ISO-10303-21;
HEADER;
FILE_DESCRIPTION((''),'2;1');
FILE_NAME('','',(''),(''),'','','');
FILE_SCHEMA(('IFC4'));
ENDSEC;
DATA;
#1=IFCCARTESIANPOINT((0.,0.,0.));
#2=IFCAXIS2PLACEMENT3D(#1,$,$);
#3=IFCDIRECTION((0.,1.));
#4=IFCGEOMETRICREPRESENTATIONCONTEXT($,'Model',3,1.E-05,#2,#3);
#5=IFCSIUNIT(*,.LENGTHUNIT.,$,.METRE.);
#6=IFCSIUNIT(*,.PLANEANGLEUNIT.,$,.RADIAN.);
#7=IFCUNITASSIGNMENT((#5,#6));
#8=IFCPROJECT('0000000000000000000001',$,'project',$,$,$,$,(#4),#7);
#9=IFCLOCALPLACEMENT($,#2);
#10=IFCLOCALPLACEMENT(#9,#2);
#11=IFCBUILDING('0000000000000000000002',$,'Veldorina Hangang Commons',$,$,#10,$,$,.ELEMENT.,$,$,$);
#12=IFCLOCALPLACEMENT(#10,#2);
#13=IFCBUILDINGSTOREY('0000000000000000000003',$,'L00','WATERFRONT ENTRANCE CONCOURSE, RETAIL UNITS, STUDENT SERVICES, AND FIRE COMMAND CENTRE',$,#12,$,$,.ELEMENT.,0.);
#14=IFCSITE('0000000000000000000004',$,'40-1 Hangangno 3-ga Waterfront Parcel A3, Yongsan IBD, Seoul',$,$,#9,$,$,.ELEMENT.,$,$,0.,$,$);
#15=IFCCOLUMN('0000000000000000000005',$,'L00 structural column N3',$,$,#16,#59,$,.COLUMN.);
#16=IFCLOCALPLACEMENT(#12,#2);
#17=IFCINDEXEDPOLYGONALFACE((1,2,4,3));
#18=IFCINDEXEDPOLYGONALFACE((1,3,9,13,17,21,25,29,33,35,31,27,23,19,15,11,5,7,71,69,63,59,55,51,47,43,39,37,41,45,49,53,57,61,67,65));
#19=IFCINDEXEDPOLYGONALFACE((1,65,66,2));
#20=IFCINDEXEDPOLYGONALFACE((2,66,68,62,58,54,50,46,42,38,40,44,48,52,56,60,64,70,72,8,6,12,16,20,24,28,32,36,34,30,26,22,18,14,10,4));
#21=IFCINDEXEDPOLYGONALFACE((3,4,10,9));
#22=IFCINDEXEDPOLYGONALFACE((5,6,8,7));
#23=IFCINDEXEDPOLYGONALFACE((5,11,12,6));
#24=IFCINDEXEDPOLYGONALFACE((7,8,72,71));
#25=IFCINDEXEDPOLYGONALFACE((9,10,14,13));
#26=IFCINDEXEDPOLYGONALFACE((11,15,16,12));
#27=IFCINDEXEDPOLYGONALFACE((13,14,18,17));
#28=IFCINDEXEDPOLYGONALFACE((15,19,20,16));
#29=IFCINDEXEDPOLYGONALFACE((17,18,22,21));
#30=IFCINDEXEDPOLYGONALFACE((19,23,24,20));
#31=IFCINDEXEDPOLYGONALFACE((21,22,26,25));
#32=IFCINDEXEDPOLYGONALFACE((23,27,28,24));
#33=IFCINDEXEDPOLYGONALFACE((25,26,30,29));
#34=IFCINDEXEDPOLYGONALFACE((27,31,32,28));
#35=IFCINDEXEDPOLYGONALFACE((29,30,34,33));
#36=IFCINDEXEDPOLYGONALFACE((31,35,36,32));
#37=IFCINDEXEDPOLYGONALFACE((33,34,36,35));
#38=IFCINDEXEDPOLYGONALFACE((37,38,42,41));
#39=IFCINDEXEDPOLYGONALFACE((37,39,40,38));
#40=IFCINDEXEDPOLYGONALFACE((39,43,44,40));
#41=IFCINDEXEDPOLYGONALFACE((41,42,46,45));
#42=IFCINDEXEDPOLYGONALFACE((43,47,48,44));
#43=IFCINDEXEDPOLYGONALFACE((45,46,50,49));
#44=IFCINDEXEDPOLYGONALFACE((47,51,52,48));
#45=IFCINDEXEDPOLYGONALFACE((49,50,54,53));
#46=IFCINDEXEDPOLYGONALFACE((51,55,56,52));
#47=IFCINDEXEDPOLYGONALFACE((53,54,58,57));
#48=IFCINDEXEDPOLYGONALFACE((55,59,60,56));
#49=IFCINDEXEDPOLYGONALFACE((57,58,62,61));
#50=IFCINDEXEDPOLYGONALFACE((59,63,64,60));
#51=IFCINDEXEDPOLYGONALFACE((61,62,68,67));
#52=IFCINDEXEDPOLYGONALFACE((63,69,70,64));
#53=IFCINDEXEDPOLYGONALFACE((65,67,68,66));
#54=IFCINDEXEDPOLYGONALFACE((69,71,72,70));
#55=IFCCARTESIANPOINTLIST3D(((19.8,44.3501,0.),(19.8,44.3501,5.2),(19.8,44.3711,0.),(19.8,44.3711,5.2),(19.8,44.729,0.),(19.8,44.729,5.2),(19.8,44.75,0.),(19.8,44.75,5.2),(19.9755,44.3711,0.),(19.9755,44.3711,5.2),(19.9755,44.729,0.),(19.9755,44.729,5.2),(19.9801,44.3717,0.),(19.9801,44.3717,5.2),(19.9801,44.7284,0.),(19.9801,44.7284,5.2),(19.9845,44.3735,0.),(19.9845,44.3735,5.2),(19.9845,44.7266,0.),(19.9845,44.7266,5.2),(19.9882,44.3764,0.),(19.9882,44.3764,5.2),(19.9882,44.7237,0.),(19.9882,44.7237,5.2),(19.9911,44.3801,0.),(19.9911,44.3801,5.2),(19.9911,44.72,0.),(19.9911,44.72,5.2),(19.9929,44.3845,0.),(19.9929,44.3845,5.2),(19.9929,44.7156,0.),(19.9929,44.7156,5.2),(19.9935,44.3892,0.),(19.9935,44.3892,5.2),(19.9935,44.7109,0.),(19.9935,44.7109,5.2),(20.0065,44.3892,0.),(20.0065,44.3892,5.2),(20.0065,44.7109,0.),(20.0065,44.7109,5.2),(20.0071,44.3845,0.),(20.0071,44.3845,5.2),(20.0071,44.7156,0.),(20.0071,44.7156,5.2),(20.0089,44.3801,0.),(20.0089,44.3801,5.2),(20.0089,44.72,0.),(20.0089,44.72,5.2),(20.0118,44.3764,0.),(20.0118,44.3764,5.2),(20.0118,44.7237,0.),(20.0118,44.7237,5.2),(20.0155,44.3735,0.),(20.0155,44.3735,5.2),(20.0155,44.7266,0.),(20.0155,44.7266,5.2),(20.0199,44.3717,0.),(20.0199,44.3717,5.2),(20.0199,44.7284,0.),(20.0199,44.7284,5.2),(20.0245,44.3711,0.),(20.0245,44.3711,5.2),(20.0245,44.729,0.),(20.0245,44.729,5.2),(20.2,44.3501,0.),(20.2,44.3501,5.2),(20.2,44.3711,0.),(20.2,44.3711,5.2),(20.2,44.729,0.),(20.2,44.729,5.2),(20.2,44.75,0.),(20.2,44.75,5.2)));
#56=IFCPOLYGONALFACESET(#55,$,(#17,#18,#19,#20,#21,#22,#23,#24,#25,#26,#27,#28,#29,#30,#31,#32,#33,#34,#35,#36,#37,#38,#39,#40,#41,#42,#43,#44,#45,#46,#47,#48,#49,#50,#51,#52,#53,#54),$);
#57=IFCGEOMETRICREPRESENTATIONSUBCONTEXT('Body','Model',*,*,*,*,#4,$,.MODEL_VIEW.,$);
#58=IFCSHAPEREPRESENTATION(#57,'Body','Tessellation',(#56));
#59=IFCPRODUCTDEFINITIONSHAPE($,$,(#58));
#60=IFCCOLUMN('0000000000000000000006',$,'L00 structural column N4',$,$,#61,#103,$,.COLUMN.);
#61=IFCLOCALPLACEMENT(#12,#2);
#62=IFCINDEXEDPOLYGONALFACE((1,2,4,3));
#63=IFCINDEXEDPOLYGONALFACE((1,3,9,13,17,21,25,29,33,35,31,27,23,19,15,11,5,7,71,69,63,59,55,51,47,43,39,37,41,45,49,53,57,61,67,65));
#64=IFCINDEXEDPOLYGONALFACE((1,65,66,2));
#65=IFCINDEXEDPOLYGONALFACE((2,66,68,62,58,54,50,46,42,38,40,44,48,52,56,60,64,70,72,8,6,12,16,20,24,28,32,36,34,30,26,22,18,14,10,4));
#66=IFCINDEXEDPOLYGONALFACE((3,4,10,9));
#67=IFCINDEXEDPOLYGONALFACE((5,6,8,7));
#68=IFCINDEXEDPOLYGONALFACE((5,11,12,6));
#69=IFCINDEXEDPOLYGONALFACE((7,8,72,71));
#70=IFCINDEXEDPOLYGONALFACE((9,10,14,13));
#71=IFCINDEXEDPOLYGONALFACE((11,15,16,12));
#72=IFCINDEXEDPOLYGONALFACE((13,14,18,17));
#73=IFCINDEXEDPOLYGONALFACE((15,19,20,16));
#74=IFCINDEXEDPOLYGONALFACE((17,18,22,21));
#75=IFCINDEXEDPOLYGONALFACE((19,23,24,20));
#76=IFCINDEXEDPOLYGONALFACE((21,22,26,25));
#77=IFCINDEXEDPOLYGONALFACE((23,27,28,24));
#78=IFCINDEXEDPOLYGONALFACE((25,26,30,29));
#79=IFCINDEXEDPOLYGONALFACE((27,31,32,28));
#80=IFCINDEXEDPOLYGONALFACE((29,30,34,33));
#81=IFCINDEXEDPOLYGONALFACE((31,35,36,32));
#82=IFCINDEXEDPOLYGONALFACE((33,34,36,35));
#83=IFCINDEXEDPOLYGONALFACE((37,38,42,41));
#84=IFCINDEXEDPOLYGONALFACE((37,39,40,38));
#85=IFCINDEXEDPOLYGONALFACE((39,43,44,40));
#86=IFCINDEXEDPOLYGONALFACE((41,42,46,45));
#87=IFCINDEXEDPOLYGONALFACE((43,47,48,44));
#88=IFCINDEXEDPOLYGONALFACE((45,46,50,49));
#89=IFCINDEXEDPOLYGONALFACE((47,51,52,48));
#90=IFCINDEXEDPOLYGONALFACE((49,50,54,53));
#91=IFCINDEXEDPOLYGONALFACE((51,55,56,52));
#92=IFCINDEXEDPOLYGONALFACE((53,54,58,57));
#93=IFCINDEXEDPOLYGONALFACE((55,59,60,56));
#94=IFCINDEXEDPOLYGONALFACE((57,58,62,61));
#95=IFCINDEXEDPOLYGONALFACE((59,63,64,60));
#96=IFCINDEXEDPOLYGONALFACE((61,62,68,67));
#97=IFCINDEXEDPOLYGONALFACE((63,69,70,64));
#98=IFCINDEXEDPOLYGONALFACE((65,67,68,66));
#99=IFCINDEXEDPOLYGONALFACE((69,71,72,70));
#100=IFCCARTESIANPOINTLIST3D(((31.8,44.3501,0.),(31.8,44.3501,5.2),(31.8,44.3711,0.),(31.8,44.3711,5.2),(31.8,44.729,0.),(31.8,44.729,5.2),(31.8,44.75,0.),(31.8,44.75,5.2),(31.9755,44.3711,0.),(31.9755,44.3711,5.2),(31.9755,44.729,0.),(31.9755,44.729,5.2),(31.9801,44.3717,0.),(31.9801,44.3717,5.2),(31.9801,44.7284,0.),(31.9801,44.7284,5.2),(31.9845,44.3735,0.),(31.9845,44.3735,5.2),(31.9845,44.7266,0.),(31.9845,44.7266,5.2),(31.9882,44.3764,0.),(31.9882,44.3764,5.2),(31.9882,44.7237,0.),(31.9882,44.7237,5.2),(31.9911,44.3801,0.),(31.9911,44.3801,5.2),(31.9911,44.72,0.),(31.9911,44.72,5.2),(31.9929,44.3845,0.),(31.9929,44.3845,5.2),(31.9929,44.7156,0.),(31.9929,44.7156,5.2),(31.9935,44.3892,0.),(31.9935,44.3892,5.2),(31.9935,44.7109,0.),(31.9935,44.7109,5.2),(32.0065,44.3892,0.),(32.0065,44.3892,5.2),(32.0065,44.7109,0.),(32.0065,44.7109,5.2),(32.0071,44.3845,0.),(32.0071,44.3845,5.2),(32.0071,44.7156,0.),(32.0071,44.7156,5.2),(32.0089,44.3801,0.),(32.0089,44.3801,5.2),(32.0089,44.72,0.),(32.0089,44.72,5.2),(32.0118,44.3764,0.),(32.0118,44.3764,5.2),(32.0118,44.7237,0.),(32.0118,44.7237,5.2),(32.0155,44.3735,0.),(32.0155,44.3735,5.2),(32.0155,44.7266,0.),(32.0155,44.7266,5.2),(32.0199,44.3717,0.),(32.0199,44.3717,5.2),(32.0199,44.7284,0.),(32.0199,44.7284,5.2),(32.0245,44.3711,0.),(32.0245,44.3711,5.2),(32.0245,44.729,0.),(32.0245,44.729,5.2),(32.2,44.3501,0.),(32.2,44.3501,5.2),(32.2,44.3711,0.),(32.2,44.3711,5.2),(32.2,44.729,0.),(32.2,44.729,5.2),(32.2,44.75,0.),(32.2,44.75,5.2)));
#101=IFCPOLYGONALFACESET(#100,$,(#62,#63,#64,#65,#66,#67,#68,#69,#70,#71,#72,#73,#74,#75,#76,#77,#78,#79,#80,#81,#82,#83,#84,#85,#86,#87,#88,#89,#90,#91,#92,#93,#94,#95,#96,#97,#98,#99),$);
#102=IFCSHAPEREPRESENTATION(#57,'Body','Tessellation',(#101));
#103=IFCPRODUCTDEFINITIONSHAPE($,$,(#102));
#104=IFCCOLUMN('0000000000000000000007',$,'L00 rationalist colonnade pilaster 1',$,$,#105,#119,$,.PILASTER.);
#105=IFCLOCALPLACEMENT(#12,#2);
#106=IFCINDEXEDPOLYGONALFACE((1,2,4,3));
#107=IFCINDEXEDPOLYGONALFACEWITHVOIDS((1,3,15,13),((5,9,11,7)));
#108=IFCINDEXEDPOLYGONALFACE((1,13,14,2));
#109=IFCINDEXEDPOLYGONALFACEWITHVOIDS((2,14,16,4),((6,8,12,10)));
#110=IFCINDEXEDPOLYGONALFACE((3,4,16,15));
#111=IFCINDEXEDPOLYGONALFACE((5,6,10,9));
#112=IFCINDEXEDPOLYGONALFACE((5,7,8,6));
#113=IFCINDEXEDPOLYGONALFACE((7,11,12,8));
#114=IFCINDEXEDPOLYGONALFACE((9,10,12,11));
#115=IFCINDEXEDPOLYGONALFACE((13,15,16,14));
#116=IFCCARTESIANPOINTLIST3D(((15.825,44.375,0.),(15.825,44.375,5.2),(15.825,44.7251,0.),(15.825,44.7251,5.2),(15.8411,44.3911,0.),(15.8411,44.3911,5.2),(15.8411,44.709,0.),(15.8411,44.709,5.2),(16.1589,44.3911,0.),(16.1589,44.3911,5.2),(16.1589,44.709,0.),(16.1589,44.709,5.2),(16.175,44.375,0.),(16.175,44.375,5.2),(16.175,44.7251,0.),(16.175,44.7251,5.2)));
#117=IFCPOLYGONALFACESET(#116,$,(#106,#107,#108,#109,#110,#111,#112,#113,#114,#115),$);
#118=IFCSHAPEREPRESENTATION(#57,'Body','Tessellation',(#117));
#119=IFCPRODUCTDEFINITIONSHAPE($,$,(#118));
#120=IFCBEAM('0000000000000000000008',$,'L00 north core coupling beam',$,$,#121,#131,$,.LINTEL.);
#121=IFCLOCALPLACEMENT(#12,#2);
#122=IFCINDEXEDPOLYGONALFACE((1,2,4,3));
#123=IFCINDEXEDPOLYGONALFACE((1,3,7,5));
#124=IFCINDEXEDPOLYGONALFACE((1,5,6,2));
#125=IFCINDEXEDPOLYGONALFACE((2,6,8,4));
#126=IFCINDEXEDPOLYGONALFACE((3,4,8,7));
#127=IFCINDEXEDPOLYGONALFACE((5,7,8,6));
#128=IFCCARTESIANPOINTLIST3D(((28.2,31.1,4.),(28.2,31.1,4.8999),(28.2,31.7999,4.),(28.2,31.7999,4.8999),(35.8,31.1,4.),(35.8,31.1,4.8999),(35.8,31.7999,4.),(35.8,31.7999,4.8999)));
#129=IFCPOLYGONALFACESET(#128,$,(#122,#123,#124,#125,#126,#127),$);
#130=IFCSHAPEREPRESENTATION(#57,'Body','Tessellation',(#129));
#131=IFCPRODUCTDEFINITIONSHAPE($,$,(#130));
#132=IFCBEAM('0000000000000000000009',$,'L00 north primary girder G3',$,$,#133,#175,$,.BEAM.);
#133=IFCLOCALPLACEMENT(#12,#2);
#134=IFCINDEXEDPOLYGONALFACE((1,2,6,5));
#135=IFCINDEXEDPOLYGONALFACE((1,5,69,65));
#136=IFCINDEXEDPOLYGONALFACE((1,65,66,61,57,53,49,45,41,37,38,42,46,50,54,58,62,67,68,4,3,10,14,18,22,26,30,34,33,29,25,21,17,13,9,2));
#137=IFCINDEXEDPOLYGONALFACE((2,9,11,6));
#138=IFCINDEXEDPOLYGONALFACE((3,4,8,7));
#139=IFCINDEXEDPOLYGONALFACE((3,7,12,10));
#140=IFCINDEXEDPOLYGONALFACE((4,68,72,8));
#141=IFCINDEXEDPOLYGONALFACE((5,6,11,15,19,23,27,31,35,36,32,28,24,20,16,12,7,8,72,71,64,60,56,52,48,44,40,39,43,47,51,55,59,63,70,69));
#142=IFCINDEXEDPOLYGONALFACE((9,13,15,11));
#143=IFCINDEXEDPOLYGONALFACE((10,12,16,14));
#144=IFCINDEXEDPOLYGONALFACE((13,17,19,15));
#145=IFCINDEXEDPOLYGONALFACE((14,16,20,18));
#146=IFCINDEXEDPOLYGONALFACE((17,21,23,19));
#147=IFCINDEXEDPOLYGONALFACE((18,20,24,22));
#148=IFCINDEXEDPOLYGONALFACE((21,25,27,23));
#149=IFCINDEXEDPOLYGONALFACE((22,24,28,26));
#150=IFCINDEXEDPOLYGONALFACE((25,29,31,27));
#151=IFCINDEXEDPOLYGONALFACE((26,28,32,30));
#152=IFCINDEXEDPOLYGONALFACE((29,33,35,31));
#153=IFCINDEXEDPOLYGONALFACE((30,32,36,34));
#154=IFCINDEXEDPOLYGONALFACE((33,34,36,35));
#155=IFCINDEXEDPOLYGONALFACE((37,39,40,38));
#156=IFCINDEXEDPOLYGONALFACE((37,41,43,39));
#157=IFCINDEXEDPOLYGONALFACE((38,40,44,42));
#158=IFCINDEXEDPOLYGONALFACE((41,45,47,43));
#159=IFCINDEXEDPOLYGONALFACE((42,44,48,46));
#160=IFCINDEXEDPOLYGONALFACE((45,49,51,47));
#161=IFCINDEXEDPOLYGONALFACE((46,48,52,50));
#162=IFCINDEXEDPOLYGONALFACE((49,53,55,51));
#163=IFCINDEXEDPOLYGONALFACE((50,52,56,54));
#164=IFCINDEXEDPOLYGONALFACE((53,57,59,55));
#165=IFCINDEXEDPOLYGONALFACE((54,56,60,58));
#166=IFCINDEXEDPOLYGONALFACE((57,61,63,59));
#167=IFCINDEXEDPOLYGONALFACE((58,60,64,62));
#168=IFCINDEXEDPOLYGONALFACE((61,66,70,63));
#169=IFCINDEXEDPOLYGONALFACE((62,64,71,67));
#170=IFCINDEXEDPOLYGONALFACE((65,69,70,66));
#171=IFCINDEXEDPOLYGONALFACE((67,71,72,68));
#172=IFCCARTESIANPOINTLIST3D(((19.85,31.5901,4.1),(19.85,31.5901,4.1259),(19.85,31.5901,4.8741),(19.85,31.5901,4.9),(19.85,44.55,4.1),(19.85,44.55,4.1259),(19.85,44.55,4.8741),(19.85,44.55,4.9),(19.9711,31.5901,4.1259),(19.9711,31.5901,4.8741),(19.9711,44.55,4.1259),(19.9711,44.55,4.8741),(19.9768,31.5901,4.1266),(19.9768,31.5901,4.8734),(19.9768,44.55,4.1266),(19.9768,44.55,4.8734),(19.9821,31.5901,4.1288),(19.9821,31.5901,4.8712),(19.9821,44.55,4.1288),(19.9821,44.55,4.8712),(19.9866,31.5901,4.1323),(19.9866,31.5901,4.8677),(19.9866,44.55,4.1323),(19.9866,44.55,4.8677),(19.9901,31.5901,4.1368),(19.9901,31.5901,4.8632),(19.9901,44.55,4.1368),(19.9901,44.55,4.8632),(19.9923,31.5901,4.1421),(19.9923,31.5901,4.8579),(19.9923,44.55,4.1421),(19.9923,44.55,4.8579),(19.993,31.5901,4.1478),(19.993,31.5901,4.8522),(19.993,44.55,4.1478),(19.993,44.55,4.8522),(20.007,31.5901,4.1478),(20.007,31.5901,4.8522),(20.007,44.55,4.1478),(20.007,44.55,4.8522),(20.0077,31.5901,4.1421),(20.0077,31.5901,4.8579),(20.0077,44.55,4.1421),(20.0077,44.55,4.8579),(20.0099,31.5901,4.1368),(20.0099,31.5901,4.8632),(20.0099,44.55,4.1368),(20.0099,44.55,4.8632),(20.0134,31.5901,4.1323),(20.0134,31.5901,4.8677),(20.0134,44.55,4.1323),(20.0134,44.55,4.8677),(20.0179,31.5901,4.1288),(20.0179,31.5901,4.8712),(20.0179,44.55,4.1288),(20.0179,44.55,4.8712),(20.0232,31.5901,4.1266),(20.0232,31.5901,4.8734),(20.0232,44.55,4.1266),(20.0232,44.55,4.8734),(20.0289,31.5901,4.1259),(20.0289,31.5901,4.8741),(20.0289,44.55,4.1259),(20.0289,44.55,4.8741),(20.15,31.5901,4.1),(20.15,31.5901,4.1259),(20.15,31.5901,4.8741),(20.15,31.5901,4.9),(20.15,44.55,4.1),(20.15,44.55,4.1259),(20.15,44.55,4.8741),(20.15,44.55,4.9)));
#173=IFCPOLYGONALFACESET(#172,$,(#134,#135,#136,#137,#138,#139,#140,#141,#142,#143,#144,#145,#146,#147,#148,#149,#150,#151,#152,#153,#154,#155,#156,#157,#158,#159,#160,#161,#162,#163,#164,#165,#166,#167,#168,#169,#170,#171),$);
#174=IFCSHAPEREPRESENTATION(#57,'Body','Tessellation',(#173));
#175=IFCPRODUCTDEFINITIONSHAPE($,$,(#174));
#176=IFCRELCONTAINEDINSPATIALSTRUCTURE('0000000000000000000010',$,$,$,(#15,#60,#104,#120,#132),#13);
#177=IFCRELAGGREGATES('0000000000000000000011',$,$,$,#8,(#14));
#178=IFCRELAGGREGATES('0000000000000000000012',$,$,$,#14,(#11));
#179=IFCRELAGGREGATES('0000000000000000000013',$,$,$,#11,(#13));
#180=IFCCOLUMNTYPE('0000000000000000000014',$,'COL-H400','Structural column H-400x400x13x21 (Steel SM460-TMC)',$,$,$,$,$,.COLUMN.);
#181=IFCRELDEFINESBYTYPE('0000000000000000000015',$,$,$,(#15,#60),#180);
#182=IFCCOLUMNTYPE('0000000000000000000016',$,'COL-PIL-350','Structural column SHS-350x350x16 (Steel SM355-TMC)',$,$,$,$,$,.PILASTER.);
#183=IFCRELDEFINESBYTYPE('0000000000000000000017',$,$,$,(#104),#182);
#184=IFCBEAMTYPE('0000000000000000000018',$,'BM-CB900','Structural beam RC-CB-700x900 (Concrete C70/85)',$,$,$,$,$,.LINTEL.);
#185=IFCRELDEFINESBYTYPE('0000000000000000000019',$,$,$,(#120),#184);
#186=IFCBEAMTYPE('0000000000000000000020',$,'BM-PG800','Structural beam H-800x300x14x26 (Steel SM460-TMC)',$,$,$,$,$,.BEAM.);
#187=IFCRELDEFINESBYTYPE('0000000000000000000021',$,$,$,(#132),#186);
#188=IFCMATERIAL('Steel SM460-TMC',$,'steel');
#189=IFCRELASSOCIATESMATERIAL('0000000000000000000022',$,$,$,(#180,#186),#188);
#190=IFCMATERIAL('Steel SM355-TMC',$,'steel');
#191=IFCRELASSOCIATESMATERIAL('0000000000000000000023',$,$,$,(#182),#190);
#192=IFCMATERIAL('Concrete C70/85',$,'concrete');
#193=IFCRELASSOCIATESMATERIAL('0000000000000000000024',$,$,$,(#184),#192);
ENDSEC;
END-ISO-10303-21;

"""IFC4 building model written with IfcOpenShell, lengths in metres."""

from ifc_helpers import new_model, si_unit, direction, frame, origin, origin_2d, place, context, subcontext, project, spatial, rectangle, hollow_rectangle, i_section, extrude, material, material_profile, profile_set, type_object, element, save


model = new_model("IFC4")

# Units and contexts
model_context = context("Model", 3, precision=1e-05, world=origin(), true_north=direction((0.0, 1.0)))
body_context = subcontext(model_context, "Body", "Model", "MODEL_VIEW")
ifc_project = project(units=[si_unit("LENGTHUNIT", "METRE"), si_unit("PLANEANGLEUNIT", "RADIAN")], contexts=[model_context])

# Site, building, storey
site_placement = place(None, origin())
site = spatial("IfcSite", under=ifc_project, at=site_placement, Name="40-1 Hangangno 3-ga Waterfront Parcel A3, Yongsan IBD, Seoul", CompositionType="ELEMENT", RefElevation=0.0)
building_placement = place(site_placement, origin())
building = spatial("IfcBuilding", under=site, at=building_placement, Name="Veldorina Hangang Commons", CompositionType="ELEMENT")
storey_placement = place(building_placement, origin())
storey = spatial("IfcBuildingStorey", under=building, at=storey_placement, Name="L00", Description="WATERFRONT ENTRANCE CONCOURSE, RETAIL UNITS, STUDENT SERVICES, AND FIRE COMMAND CENTRE", CompositionType="ELEMENT", Elevation=0.0)

# Columns
ifc_material_1 = material(Name="Steel SM460-TMC", Category="steel")
ifc_material_profile_1 = material_profile(ifc_material_1, i_section(OverallWidth=0.3999, OverallDepth=0.3999, WebThickness=0.0129, FlangeThickness=0.021, FilletRadius=0.0181, at=origin_2d()), Name="H-400x400x13x21")
ifc_profile_set_1 = profile_set([ifc_material_profile_1], Name="Steel SM460-TMC")
column_type_1 = type_object("IfcColumnType", Name="COL-H400", Description="Structural column H-400x400x13x21 (Steel SM460-TMC)", PredefinedType="COLUMN", material=ifc_profile_set_1)
for number, where, z_axis, x_axis, name in (
    (1, (20.0, 44.55, 0.0), (0.0, 0.0, 1.0), (1.0, 0.0, 0.0), "L00 structural column N3"),
    (2, (32.0, 44.55, 0.0), (0.0, 0.0, 1.0), (1.0, 0.0, 0.0), "L00 structural column N4"),
):
    element("IfcColumn", number, at=place(storey_placement, frame(where, z_axis=z_axis, x_axis=x_axis)), inside=storey, type_object=column_type_1, Name=name, PredefinedType="COLUMN", context=body_context, shape_type="SweptSolid", body=[
        extrude(i_section(OverallWidth=0.3999, OverallDepth=0.3999, WebThickness=0.0129, FlangeThickness=0.021, FilletRadius=0.0181, at=origin_2d()), origin(), (0.0, 0.0, 1.0), 5.2),
    ])
ifc_material_2 = material(Name="Steel SM355-TMC", Category="steel")
ifc_material_profile_2 = material_profile(ifc_material_2, hollow_rectangle(XDim=0.3501, YDim=0.3501, WallThickness=0.0161, at=origin_2d()), Name="SHS-350x350x16")
ifc_profile_set_2 = profile_set([ifc_material_profile_2], Name="Steel SM355-TMC")
column_type_2 = type_object("IfcColumnType", Name="COL-PIL-350", Description="Structural column SHS-350x350x16 (Steel SM355-TMC)", PredefinedType="PILASTER", material=ifc_profile_set_2)
column_placement = place(storey_placement, frame((16.0, 44.55, 0.0), z_axis=(0.0, 0.0, 1.0), x_axis=(1.0, 0.0, 0.0)))
element("IfcColumn", 3, at=column_placement, inside=storey, type_object=column_type_2, Name="L00 rationalist colonnade pilaster 1", PredefinedType="PILASTER", context=body_context, shape_type="SweptSolid", body=[
    extrude(hollow_rectangle(XDim=0.3501, YDim=0.3501, WallThickness=0.0161, at=origin_2d()), origin(), (0.0, 0.0, 1.0), 5.2),
])

# Beams
ifc_material_3 = material(Name="Concrete C70/85", Category="concrete")
ifc_material_profile_3 = material_profile(ifc_material_3, rectangle(XDim=0.7, YDim=0.8999, at=origin_2d()), Name="RC-CB-700x900")
ifc_profile_set_3 = profile_set([ifc_material_profile_3], Name="Concrete C70/85")
beam_type_1 = type_object("IfcBeamType", Name="BM-CB900", Description="Structural beam RC-CB-700x900 (Concrete C70/85)", PredefinedType="LINTEL", material=ifc_profile_set_3)
beam_1_placement = place(storey_placement, frame((28.2, 31.45, 4.45), z_axis=(1.0, 0.0, 0.0), x_axis=(0.0, 1.0, 0.0)))
element("IfcBeam", 4, at=beam_1_placement, inside=storey, type_object=beam_type_1, Name="L00 north core coupling beam", PredefinedType="LINTEL", context=body_context, shape_type="SweptSolid", body=[
    extrude(rectangle(XDim=0.7, YDim=0.8999, at=origin_2d()), origin(), (0.0, 0.0, 1.0), 7.6001),
])
ifc_material_profile_4 = material_profile(ifc_material_1, i_section(OverallWidth=0.3, OverallDepth=0.8, WebThickness=0.0139, FlangeThickness=0.0259, FilletRadius=0.022, at=origin_2d()), Name="H-800x300x14x26")
ifc_profile_set_4 = profile_set([ifc_material_profile_4], Name="Steel SM460-TMC")
beam_type_2 = type_object("IfcBeamType", Name="BM-PG800", Description="Structural beam H-800x300x14x26 (Steel SM460-TMC)", PredefinedType="BEAM", material=ifc_profile_set_4)
beam_2_placement = place(storey_placement, frame((20.0, 31.5901, 4.5), z_axis=(0.0, 1.0, 0.0), x_axis=(-1.0, 0.0, 0.0)))
element("IfcBeam", 5, at=beam_2_placement, inside=storey, type_object=beam_type_2, Name="L00 north primary girder G3", PredefinedType="BEAM", context=body_context, shape_type="SweptSolid", body=[
    extrude(i_section(OverallWidth=0.3, OverallDepth=0.8, WebThickness=0.0139, FlangeThickness=0.0259, FilletRadius=0.022, at=origin_2d()), origin(), (0.0, 0.0, 1.0), 12.96),
])

save(model, "model.ifc")
